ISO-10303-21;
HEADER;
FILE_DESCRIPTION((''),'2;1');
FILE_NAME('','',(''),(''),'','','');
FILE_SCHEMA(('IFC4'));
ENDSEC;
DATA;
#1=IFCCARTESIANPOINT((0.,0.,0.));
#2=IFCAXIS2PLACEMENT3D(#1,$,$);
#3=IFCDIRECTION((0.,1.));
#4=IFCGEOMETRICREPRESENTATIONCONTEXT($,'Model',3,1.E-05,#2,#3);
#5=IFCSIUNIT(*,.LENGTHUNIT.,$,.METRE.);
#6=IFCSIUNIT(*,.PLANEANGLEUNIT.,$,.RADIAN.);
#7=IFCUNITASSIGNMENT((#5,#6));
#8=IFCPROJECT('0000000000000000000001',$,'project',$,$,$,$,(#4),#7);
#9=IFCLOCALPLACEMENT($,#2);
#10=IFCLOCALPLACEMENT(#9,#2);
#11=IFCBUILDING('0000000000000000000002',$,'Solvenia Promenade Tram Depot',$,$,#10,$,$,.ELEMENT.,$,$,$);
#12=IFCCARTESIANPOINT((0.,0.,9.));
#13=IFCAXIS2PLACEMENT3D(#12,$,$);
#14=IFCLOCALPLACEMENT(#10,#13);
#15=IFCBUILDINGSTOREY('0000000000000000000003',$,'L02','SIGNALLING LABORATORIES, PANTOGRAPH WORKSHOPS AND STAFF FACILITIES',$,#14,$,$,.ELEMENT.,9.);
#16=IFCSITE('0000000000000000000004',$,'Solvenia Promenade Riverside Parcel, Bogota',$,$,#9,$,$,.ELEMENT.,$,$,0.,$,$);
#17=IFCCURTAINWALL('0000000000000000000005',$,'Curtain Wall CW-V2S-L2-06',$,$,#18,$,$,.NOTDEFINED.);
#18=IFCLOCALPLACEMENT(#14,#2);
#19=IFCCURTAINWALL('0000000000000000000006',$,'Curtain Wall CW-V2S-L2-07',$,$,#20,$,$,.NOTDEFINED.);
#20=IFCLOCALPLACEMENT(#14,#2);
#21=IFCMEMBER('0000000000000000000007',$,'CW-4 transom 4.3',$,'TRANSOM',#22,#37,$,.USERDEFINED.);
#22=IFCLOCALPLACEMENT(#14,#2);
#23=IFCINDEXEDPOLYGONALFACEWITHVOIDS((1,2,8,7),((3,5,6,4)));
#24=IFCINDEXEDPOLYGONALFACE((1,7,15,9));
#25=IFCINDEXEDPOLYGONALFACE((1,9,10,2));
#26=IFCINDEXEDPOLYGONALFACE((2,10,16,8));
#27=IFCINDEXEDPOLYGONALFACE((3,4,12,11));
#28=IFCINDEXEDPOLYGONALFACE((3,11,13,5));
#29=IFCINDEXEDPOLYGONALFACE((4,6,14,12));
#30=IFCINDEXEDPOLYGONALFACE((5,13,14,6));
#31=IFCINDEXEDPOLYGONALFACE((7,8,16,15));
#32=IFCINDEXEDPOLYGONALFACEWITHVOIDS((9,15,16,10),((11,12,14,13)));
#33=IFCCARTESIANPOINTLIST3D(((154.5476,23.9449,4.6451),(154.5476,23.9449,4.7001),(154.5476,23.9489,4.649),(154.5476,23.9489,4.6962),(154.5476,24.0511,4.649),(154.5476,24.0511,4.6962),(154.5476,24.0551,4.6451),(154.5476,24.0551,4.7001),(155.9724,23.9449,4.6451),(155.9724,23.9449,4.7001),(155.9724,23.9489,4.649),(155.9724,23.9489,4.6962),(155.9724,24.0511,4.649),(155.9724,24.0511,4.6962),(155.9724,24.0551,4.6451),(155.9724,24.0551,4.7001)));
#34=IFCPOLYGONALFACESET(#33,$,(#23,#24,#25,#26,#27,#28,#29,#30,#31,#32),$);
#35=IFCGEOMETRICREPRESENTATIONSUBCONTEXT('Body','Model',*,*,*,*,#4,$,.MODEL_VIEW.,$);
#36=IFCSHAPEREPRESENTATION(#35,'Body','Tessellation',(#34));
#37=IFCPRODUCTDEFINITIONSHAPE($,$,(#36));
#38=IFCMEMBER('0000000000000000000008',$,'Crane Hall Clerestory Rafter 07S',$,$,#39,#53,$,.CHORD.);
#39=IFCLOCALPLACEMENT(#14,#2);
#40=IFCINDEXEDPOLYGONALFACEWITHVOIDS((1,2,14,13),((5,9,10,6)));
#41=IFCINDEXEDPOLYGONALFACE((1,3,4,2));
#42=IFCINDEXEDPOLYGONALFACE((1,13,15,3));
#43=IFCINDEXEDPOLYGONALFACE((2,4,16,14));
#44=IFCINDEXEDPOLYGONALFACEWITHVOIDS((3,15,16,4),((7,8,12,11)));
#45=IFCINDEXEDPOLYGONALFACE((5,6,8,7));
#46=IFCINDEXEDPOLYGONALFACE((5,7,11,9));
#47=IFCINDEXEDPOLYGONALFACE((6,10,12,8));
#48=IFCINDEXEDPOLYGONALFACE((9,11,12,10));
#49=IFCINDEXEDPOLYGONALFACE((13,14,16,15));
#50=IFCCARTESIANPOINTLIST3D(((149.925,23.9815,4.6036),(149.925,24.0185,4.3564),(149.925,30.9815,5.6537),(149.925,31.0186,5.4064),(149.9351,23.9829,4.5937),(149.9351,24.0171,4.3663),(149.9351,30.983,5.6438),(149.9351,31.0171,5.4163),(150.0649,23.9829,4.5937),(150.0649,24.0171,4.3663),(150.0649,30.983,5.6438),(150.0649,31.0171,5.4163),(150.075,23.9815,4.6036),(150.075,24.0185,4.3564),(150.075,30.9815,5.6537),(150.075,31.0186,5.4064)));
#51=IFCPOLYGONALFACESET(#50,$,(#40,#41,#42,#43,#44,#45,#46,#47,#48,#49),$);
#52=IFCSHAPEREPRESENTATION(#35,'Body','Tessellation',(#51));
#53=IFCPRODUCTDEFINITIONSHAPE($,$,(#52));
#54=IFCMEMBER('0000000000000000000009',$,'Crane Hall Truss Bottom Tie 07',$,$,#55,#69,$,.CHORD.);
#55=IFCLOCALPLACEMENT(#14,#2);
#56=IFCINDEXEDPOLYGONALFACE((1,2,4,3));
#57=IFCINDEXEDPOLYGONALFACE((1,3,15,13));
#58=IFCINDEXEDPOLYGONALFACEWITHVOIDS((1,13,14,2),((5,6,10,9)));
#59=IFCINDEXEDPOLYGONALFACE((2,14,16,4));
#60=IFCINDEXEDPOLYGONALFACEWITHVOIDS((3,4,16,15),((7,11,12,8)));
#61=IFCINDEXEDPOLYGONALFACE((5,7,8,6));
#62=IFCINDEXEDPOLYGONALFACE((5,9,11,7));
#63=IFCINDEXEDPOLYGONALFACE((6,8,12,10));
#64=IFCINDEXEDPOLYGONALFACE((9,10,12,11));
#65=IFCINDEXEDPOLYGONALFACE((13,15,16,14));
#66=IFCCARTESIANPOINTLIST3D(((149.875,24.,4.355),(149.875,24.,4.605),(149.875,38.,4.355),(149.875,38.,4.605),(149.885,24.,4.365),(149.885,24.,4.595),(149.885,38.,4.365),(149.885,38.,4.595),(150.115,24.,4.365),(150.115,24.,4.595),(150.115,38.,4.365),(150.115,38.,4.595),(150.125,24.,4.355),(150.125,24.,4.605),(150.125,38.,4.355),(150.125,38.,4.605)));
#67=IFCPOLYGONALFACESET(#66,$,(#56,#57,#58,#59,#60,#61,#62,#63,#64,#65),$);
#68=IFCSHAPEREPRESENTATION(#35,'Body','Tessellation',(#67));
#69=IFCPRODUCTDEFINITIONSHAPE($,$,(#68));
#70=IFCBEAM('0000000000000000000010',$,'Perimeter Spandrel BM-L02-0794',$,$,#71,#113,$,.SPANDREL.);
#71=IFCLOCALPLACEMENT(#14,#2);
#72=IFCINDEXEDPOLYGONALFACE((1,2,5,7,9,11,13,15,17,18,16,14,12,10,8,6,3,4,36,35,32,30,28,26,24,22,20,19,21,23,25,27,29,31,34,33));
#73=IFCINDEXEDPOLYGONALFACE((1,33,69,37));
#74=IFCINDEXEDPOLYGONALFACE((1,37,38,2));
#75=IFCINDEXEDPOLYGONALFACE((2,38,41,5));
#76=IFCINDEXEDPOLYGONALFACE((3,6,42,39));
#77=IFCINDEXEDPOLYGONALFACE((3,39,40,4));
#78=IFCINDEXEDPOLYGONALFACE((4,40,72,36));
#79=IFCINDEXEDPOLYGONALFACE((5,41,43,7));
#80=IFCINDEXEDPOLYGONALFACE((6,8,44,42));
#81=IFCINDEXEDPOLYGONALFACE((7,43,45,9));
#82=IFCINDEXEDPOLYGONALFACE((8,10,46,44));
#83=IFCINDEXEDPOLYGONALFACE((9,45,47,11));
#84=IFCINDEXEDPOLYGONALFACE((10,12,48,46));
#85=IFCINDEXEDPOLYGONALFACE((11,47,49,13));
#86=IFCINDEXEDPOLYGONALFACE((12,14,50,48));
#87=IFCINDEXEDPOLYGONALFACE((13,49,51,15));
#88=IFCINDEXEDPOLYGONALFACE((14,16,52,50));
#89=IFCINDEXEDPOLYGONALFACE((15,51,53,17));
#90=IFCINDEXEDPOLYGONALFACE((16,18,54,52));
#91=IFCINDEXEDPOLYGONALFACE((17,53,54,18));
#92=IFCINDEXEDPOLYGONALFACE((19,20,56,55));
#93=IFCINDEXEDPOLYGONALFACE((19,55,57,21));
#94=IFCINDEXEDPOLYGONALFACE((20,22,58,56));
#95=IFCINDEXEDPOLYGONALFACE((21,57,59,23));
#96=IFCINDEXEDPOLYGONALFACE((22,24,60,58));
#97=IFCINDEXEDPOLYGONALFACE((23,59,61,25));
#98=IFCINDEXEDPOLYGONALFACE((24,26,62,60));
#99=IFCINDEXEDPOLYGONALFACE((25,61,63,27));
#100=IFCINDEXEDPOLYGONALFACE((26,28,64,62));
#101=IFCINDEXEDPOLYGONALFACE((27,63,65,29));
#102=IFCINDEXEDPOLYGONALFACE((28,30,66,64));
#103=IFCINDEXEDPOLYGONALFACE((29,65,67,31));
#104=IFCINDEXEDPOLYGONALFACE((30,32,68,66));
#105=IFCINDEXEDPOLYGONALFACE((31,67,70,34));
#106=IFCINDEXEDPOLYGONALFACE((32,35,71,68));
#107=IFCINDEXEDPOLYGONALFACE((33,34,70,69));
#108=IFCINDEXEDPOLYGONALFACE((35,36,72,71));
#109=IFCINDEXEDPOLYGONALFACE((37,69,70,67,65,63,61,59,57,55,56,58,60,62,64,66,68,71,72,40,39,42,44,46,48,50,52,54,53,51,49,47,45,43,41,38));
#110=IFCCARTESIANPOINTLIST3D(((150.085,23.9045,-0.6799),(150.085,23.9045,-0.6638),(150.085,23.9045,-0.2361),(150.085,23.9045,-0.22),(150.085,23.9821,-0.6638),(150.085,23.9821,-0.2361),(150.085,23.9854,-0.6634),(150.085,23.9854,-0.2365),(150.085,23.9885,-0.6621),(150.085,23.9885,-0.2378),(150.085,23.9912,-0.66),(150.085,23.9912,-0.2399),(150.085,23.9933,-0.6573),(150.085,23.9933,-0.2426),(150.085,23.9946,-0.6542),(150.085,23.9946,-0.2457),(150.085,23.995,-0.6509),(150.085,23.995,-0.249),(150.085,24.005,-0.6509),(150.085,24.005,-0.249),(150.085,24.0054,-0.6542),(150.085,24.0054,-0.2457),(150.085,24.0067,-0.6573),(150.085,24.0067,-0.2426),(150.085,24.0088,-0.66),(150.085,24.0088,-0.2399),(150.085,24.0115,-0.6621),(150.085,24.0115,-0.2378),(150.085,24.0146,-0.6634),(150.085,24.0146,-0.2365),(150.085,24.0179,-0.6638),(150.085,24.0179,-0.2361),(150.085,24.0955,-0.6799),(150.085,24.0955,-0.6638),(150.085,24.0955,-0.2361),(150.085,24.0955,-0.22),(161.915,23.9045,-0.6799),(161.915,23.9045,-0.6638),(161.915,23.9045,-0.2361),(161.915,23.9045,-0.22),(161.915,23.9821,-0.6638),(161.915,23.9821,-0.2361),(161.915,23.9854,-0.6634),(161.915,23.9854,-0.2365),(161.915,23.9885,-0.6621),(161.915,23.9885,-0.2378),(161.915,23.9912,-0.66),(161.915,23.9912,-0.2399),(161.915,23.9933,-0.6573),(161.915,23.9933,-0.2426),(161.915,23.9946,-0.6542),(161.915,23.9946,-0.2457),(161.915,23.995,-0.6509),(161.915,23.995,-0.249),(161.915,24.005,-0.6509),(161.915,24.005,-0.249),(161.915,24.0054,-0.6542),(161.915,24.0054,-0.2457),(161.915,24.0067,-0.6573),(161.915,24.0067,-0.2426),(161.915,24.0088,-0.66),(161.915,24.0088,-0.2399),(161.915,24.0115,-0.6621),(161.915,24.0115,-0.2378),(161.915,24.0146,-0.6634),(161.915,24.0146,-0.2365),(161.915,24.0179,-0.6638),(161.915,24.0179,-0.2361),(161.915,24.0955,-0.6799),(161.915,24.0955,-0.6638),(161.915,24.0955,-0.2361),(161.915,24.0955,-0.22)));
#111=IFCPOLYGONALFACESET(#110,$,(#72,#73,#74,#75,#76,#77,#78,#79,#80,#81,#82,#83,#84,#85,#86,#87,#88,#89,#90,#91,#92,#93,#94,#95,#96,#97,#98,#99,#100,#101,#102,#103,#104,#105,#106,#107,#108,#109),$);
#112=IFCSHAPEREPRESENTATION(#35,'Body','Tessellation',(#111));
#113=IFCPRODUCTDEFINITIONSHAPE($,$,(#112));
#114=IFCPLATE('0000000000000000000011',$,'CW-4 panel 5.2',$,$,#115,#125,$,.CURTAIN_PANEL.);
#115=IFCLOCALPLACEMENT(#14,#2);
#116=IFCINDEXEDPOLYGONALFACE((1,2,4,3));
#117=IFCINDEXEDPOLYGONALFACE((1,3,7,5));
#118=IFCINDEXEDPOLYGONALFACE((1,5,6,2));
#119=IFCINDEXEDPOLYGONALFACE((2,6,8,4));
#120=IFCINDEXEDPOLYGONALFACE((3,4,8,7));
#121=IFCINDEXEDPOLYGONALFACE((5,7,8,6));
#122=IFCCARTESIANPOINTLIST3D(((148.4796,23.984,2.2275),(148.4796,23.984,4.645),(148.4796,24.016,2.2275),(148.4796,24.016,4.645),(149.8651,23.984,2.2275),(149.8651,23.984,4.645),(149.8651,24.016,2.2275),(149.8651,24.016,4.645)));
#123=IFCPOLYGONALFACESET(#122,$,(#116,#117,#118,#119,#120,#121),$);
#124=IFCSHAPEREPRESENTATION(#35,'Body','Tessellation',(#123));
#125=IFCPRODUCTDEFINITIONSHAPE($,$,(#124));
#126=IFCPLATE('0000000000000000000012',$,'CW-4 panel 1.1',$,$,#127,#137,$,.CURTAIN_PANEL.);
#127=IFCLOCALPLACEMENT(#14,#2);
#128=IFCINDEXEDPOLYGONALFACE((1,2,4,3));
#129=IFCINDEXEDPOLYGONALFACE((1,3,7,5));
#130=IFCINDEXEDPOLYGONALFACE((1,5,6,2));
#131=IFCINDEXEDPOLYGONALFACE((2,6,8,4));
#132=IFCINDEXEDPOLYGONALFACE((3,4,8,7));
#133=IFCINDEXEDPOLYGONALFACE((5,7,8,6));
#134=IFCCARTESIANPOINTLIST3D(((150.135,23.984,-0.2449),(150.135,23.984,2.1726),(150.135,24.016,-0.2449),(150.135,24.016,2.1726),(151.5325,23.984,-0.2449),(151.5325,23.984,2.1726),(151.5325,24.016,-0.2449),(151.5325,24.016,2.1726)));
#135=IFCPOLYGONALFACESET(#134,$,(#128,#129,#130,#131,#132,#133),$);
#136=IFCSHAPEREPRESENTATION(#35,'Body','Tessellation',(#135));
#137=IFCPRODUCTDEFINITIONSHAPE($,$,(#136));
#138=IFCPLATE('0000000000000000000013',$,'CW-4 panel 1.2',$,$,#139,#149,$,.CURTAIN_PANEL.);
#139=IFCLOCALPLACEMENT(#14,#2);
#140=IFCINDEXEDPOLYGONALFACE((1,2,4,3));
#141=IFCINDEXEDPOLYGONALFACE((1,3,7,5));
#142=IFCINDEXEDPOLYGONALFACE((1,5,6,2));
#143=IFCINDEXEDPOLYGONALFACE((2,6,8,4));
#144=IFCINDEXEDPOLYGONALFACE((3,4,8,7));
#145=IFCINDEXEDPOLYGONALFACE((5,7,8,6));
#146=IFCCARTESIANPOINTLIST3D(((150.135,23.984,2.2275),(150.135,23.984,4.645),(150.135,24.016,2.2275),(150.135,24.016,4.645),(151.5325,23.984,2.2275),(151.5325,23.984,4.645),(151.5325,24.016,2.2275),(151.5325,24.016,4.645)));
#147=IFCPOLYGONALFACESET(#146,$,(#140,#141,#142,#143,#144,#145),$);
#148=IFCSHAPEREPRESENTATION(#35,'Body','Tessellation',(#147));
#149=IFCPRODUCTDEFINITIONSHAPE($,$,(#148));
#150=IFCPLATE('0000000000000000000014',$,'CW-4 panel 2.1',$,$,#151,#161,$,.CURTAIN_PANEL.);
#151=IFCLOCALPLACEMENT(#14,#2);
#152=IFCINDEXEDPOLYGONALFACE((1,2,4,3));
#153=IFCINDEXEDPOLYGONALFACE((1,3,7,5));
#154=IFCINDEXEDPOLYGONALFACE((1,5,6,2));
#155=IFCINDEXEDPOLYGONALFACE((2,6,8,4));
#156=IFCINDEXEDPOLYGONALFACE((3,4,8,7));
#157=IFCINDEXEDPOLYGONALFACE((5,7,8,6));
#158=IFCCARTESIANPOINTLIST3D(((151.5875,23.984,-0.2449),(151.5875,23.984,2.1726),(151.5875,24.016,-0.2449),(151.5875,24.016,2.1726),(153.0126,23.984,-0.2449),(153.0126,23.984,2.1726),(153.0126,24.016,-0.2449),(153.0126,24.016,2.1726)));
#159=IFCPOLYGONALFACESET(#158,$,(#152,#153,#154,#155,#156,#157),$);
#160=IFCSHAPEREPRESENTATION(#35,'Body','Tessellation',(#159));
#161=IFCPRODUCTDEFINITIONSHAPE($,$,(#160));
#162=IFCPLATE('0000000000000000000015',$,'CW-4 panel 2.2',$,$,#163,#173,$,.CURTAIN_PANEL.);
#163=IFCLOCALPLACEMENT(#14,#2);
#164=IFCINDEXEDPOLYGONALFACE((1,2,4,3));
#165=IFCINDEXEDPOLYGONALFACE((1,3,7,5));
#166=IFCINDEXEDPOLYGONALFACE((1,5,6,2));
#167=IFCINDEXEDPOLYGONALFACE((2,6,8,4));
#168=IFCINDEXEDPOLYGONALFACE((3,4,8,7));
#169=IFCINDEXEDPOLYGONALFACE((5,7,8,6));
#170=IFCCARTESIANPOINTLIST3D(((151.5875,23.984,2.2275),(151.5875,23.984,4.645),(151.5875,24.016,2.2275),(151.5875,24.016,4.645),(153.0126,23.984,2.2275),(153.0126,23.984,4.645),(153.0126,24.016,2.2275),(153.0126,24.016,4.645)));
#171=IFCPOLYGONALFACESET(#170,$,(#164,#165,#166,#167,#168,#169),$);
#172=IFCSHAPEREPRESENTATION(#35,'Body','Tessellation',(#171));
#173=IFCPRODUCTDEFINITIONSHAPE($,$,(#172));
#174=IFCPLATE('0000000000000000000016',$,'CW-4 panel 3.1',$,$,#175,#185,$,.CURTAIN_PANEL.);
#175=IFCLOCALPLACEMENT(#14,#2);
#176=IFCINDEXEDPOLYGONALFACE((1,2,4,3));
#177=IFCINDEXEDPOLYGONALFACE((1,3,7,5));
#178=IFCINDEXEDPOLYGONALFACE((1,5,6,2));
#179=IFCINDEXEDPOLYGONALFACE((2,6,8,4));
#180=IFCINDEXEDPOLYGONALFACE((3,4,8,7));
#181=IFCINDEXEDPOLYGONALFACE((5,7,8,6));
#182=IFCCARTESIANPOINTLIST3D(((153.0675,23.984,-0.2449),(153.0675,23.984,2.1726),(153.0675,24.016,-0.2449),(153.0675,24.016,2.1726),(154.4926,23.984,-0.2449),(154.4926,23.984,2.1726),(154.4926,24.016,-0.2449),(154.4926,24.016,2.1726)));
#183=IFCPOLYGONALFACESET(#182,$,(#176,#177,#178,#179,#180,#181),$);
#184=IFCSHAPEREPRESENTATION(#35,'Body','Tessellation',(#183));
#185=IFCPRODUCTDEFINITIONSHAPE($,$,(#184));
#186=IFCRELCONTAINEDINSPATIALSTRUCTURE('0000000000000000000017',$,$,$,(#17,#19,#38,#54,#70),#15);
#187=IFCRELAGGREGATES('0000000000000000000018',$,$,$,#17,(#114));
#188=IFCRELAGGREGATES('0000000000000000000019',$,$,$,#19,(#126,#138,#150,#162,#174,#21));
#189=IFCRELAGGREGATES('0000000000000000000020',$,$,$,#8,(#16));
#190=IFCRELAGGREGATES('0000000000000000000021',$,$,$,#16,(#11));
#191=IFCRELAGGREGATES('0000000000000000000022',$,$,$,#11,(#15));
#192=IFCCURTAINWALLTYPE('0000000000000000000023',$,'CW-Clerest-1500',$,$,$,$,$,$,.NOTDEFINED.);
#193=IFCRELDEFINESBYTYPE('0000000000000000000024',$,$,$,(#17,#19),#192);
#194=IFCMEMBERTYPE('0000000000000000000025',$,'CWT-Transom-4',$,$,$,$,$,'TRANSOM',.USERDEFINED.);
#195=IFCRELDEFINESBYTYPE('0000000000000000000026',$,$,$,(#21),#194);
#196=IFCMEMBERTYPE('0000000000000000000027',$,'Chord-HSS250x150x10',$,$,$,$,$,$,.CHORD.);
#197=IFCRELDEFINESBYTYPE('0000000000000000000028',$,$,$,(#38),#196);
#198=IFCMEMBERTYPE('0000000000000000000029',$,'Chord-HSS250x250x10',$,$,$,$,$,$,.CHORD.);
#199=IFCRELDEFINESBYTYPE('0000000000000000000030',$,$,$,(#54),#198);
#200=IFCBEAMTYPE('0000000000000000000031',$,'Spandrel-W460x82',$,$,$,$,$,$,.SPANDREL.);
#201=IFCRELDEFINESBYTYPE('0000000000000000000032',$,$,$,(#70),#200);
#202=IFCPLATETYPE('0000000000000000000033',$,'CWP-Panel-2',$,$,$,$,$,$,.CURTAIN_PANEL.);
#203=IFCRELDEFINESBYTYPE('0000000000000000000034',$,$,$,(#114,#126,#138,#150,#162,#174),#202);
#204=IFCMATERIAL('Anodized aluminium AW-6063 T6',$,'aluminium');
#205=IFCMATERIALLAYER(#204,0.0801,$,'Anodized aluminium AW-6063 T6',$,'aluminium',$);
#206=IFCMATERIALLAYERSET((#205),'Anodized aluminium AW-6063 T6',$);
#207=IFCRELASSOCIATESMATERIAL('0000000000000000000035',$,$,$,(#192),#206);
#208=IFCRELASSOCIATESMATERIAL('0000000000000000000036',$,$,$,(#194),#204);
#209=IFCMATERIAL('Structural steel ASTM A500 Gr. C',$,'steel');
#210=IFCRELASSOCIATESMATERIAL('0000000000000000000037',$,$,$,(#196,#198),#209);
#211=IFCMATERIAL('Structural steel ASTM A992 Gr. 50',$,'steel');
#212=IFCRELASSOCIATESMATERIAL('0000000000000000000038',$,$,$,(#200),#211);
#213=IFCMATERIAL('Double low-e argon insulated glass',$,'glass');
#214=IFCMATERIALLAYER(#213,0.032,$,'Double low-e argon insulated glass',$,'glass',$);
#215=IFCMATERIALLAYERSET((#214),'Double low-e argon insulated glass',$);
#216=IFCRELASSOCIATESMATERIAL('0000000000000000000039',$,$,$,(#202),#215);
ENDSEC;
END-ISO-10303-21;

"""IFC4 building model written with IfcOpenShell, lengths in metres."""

from ifc_helpers import new_model, si_unit, direction, frame, origin, origin_2d, place, context, subcontext, project, spatial, rectangle, hollow_rectangle, i_section, extrude, material, layer, layer_set, material_profile, profile_set, type_object, element, aggregate, save


model = new_model("IFC4")

# Units and contexts
model_context = context("Model", 3, precision=1e-05, world=origin(), true_north=direction((0.0, 1.0)))
body_context = subcontext(model_context, "Body", "Model", "MODEL_VIEW")
ifc_project = project(units=[si_unit("LENGTHUNIT", "METRE"), si_unit("PLANEANGLEUNIT", "RADIAN")], contexts=[model_context])

# Site, building, storey
site_placement = place(None, origin())
site = spatial("IfcSite", under=ifc_project, at=site_placement, Name="Solvenia Promenade Riverside Parcel, Bogota", CompositionType="ELEMENT", RefElevation=0.0)
building_placement = place(site_placement, origin())
building = spatial("IfcBuilding", under=site, at=building_placement, Name="Solvenia Promenade Tram Depot", CompositionType="ELEMENT")
storey_placement = place(building_placement, frame((0.0, 0.0, 9.0)))
storey = spatial("IfcBuildingStorey", under=building, at=storey_placement, Name="L02", Description="SIGNALLING LABORATORIES, PANTOGRAPH WORKSHOPS AND STAFF FACILITIES", CompositionType="ELEMENT", Elevation=9.0)

# Shared definitions
ifc_material_1 = material(Name="Structural steel ASTM A992 Gr. 50", Category="steel")

# Shared definitions
ifc_material_2 = material(Name="Structural steel ASTM A500 Gr. C", Category="steel")

# Curtain wall
ifc_material_3 = material(Name="Anodized aluminium AW-6063 T6", Category="aluminium")
ifc_layer_1 = layer(ifc_material_3, 0.0801, Name="Anodized aluminium AW-6063 T6", Category="aluminium")
ifc_layer_set_1 = layer_set([ifc_layer_1], Name="Anodized aluminium AW-6063 T6")
curtain_wall_type = type_object("IfcCurtainWallType", Name="CW-Clerest-1500", PredefinedType="NOTDEFINED", material=ifc_layer_set_1)
curtain_wall_1_placement = place(storey_placement, origin())
curtain_wall_1 = element("IfcCurtainWall", 1, at=curtain_wall_1_placement, inside=storey, type_object=curtain_wall_type, Name="Curtain Wall CW-V2S-L2-06", PredefinedType="NOTDEFINED")

# Curtain wall, member
curtain_wall_2_placement = place(storey_placement, origin())
curtain_wall_2 = element("IfcCurtainWall", 2, at=curtain_wall_2_placement, inside=storey, type_object=curtain_wall_type, Name="Curtain Wall CW-V2S-L2-07", PredefinedType="NOTDEFINED")
ifc_material_profile_1 = material_profile(ifc_material_3, hollow_rectangle(XDim=0.1101, YDim=0.0549, WallThickness=0.0039, at=origin_2d()), Name="ALU-T4", Category="aluminium")
ifc_profile_set_1 = profile_set([ifc_material_profile_1], Name="Anodized aluminium AW-6063 T6")
member_type_1 = type_object("IfcMemberType", Name="CWT-Transom-4", ElementType="TRANSOM", PredefinedType="USERDEFINED", material=ifc_profile_set_1)
member_1_placement = place(storey_placement, frame((154.5476, 24.0, 4.6726), z_axis=(1.0, 0.0, 0.0), x_axis=(0.0, 1.0, 0.0)))
member_1 = element("IfcMember", 3, at=member_1_placement, type_object=member_type_1, Name="CW-4 transom 4.3", ObjectType="TRANSOM", PredefinedType="USERDEFINED", context=body_context, shape_type="SweptSolid", body=[
    extrude(hollow_rectangle(XDim=0.1101, YDim=0.0549, WallThickness=0.0039, at=origin_2d()), origin(), (0.0, 0.0, 1.0), 1.4248),
])

# Members
ifc_material_profile_2 = material_profile(ifc_material_2, hollow_rectangle(XDim=0.1499, YDim=0.25, WallThickness=0.01, at=origin_2d()), Name="HSS250x150x10", Category="steel")
ifc_profile_set_2 = profile_set([ifc_material_profile_2], Name="Structural steel ASTM A500 Gr. C")
member_type_2 = type_object("IfcMemberType", Name="Chord-HSS250x150x10", PredefinedType="CHORD", material=ifc_profile_set_2)
member_2_placement = place(storey_placement, frame((150.0, 24.0, 4.48), z_axis=(0.0, 0.988935, 0.148347), x_axis=(-1.0, 0.0, 0.0)))
element("IfcMember", 4, at=member_2_placement, inside=storey, type_object=member_type_2, Name="Crane Hall Clerestory Rafter 07S", PredefinedType="CHORD", context=body_context, shape_type="SweptSolid", body=[
    extrude(hollow_rectangle(XDim=0.1499, YDim=0.25, WallThickness=0.01, at=origin_2d()), origin(), (0.0, 0.0, 1.0), 7.0784),
])
ifc_material_profile_3 = material_profile(ifc_material_2, hollow_rectangle(XDim=0.25, YDim=0.25, WallThickness=0.01, at=origin_2d()), Name="HSS250x250x10", Category="steel")
ifc_profile_set_3 = profile_set([ifc_material_profile_3], Name="Structural steel ASTM A500 Gr. C")
member_type_3 = type_object("IfcMemberType", Name="Chord-HSS250x250x10", PredefinedType="CHORD", material=ifc_profile_set_3)
member_3_placement = place(storey_placement, frame((150.0, 24.0, 4.48), z_axis=(0.0, 1.0, 0.0), x_axis=(-1.0, 0.0, 0.0)))
element("IfcMember", 5, at=member_3_placement, inside=storey, type_object=member_type_3, Name="Crane Hall Truss Bottom Tie 07", PredefinedType="CHORD", context=body_context, shape_type="SweptSolid", body=[
    extrude(hollow_rectangle(XDim=0.25, YDim=0.25, WallThickness=0.01, at=origin_2d()), origin(), (0.0, 0.0, 1.0), 14.0),
])

# Beam
ifc_material_profile_4 = material_profile(ifc_material_1, i_section(OverallWidth=0.1909, OverallDepth=0.46, WebThickness=0.01, FlangeThickness=0.0161, FilletRadius=0.0129, at=origin_2d()), Name="W460x82", Category="steel")
ifc_profile_set_4 = profile_set([ifc_material_profile_4], Name="Structural steel ASTM A992 Gr. 50")
beam_type = type_object("IfcBeamType", Name="Spandrel-W460x82", PredefinedType="SPANDREL", material=ifc_profile_set_4)
beam_placement = place(storey_placement, frame((150.085, 24.0, -0.45), z_axis=(1.0, 0.0, 0.0), x_axis=(0.0, 1.0, 0.0)))
element("IfcBeam", 6, at=beam_placement, inside=storey, type_object=beam_type, Name="Perimeter Spandrel BM-L02-0794", PredefinedType="SPANDREL", context=body_context, shape_type="SweptSolid", body=[
    extrude(i_section(OverallWidth=0.1909, OverallDepth=0.46, WebThickness=0.01, FlangeThickness=0.0161, FilletRadius=0.0129, at=origin_2d()), origin(), (0.0, 0.0, 1.0), 11.8301),
])

# Plates
ifc_material_4 = material(Name="Double low-e argon insulated glass", Category="glass")
ifc_layer_2 = layer(ifc_material_4, 0.032, Name="Double low-e argon insulated glass", Category="glass")
ifc_layer_set_2 = layer_set([ifc_layer_2], Name="Double low-e argon insulated glass")
plate_type_1 = type_object("IfcPlateType", Name="CWP-Panel-2", PredefinedType="CURTAIN_PANEL", material=ifc_layer_set_2)
plate_1_placement = place(storey_placement, frame((149.1724, 24.0, 2.2275), z_axis=(0.0, 0.0, 1.0), x_axis=(1.0, 0.0, 0.0)))
plate_1 = element("IfcPlate", 7, at=plate_1_placement, type_object=plate_type_1, Name="CW-4 panel 5.2", PredefinedType="CURTAIN_PANEL", context=body_context, shape_type="SweptSolid", body=[
    extrude(rectangle(XDim=1.3855, YDim=0.032, at=origin_2d()), origin(), (0.0, 0.0, 1.0), 2.4175),
])
aggregate(curtain_wall_1, [plate_1])
plate_2_placement = place(storey_placement, frame((150.8337, 24.0, -0.2449), z_axis=(0.0, 0.0, 1.0), x_axis=(1.0, 0.0, 0.0)))
plate_2 = element("IfcPlate", 8, at=plate_2_placement, type_object=plate_type_1, Name="CW-4 panel 1.1", PredefinedType="CURTAIN_PANEL", context=body_context, shape_type="SweptSolid", body=[
    extrude(rectangle(XDim=1.3975, YDim=0.032, at=origin_2d()), origin(), (0.0, 0.0, 1.0), 2.4175),
])
plate_3_placement = place(storey_placement, frame((150.8337, 24.0, 2.2275), z_axis=(0.0, 0.0, 1.0), x_axis=(1.0, 0.0, 0.0)))
plate_3 = element("IfcPlate", 9, at=plate_3_placement, type_object=plate_type_1, Name="CW-4 panel 1.2", PredefinedType="CURTAIN_PANEL", context=body_context, shape_type="SweptSolid", body=[
    extrude(rectangle(XDim=1.3975, YDim=0.032, at=origin_2d()), origin(), (0.0, 0.0, 1.0), 2.4175),
])
plate_4_placement = place(storey_placement, frame((152.3, 24.0, -0.2449), z_axis=(0.0, 0.0, 1.0), x_axis=(1.0, 0.0, 0.0)))
plate_4 = element("IfcPlate", 10, at=plate_4_placement, type_object=plate_type_1, Name="CW-4 panel 2.1", PredefinedType="CURTAIN_PANEL", context=body_context, shape_type="SweptSolid", body=[
    extrude(rectangle(XDim=1.425, YDim=0.032, at=origin_2d()), origin(), (0.0, 0.0, 1.0), 2.4175),
])
plate_5_placement = place(storey_placement, frame((152.3, 24.0, 2.2275), z_axis=(0.0, 0.0, 1.0), x_axis=(1.0, 0.0, 0.0)))
plate_5 = element("IfcPlate", 11, at=plate_5_placement, type_object=plate_type_1, Name="CW-4 panel 2.2", PredefinedType="CURTAIN_PANEL", context=body_context, shape_type="SweptSolid", body=[
    extrude(rectangle(XDim=1.425, YDim=0.032, at=origin_2d()), origin(), (0.0, 0.0, 1.0), 2.4175),
])
plate_6_placement = place(storey_placement, frame((153.78, 24.0, -0.2449), z_axis=(0.0, 0.0, 1.0), x_axis=(1.0, 0.0, 0.0)))
plate_6 = element("IfcPlate", 12, at=plate_6_placement, type_object=plate_type_1, Name="CW-4 panel 3.1", PredefinedType="CURTAIN_PANEL", context=body_context, shape_type="SweptSolid", body=[
    extrude(rectangle(XDim=1.425, YDim=0.032, at=origin_2d()), origin(), (0.0, 0.0, 1.0), 2.4175),
])
aggregate(curtain_wall_2, [plate_2, plate_3, plate_4, plate_5, plate_6, member_1])

save(model, "model.ifc")
